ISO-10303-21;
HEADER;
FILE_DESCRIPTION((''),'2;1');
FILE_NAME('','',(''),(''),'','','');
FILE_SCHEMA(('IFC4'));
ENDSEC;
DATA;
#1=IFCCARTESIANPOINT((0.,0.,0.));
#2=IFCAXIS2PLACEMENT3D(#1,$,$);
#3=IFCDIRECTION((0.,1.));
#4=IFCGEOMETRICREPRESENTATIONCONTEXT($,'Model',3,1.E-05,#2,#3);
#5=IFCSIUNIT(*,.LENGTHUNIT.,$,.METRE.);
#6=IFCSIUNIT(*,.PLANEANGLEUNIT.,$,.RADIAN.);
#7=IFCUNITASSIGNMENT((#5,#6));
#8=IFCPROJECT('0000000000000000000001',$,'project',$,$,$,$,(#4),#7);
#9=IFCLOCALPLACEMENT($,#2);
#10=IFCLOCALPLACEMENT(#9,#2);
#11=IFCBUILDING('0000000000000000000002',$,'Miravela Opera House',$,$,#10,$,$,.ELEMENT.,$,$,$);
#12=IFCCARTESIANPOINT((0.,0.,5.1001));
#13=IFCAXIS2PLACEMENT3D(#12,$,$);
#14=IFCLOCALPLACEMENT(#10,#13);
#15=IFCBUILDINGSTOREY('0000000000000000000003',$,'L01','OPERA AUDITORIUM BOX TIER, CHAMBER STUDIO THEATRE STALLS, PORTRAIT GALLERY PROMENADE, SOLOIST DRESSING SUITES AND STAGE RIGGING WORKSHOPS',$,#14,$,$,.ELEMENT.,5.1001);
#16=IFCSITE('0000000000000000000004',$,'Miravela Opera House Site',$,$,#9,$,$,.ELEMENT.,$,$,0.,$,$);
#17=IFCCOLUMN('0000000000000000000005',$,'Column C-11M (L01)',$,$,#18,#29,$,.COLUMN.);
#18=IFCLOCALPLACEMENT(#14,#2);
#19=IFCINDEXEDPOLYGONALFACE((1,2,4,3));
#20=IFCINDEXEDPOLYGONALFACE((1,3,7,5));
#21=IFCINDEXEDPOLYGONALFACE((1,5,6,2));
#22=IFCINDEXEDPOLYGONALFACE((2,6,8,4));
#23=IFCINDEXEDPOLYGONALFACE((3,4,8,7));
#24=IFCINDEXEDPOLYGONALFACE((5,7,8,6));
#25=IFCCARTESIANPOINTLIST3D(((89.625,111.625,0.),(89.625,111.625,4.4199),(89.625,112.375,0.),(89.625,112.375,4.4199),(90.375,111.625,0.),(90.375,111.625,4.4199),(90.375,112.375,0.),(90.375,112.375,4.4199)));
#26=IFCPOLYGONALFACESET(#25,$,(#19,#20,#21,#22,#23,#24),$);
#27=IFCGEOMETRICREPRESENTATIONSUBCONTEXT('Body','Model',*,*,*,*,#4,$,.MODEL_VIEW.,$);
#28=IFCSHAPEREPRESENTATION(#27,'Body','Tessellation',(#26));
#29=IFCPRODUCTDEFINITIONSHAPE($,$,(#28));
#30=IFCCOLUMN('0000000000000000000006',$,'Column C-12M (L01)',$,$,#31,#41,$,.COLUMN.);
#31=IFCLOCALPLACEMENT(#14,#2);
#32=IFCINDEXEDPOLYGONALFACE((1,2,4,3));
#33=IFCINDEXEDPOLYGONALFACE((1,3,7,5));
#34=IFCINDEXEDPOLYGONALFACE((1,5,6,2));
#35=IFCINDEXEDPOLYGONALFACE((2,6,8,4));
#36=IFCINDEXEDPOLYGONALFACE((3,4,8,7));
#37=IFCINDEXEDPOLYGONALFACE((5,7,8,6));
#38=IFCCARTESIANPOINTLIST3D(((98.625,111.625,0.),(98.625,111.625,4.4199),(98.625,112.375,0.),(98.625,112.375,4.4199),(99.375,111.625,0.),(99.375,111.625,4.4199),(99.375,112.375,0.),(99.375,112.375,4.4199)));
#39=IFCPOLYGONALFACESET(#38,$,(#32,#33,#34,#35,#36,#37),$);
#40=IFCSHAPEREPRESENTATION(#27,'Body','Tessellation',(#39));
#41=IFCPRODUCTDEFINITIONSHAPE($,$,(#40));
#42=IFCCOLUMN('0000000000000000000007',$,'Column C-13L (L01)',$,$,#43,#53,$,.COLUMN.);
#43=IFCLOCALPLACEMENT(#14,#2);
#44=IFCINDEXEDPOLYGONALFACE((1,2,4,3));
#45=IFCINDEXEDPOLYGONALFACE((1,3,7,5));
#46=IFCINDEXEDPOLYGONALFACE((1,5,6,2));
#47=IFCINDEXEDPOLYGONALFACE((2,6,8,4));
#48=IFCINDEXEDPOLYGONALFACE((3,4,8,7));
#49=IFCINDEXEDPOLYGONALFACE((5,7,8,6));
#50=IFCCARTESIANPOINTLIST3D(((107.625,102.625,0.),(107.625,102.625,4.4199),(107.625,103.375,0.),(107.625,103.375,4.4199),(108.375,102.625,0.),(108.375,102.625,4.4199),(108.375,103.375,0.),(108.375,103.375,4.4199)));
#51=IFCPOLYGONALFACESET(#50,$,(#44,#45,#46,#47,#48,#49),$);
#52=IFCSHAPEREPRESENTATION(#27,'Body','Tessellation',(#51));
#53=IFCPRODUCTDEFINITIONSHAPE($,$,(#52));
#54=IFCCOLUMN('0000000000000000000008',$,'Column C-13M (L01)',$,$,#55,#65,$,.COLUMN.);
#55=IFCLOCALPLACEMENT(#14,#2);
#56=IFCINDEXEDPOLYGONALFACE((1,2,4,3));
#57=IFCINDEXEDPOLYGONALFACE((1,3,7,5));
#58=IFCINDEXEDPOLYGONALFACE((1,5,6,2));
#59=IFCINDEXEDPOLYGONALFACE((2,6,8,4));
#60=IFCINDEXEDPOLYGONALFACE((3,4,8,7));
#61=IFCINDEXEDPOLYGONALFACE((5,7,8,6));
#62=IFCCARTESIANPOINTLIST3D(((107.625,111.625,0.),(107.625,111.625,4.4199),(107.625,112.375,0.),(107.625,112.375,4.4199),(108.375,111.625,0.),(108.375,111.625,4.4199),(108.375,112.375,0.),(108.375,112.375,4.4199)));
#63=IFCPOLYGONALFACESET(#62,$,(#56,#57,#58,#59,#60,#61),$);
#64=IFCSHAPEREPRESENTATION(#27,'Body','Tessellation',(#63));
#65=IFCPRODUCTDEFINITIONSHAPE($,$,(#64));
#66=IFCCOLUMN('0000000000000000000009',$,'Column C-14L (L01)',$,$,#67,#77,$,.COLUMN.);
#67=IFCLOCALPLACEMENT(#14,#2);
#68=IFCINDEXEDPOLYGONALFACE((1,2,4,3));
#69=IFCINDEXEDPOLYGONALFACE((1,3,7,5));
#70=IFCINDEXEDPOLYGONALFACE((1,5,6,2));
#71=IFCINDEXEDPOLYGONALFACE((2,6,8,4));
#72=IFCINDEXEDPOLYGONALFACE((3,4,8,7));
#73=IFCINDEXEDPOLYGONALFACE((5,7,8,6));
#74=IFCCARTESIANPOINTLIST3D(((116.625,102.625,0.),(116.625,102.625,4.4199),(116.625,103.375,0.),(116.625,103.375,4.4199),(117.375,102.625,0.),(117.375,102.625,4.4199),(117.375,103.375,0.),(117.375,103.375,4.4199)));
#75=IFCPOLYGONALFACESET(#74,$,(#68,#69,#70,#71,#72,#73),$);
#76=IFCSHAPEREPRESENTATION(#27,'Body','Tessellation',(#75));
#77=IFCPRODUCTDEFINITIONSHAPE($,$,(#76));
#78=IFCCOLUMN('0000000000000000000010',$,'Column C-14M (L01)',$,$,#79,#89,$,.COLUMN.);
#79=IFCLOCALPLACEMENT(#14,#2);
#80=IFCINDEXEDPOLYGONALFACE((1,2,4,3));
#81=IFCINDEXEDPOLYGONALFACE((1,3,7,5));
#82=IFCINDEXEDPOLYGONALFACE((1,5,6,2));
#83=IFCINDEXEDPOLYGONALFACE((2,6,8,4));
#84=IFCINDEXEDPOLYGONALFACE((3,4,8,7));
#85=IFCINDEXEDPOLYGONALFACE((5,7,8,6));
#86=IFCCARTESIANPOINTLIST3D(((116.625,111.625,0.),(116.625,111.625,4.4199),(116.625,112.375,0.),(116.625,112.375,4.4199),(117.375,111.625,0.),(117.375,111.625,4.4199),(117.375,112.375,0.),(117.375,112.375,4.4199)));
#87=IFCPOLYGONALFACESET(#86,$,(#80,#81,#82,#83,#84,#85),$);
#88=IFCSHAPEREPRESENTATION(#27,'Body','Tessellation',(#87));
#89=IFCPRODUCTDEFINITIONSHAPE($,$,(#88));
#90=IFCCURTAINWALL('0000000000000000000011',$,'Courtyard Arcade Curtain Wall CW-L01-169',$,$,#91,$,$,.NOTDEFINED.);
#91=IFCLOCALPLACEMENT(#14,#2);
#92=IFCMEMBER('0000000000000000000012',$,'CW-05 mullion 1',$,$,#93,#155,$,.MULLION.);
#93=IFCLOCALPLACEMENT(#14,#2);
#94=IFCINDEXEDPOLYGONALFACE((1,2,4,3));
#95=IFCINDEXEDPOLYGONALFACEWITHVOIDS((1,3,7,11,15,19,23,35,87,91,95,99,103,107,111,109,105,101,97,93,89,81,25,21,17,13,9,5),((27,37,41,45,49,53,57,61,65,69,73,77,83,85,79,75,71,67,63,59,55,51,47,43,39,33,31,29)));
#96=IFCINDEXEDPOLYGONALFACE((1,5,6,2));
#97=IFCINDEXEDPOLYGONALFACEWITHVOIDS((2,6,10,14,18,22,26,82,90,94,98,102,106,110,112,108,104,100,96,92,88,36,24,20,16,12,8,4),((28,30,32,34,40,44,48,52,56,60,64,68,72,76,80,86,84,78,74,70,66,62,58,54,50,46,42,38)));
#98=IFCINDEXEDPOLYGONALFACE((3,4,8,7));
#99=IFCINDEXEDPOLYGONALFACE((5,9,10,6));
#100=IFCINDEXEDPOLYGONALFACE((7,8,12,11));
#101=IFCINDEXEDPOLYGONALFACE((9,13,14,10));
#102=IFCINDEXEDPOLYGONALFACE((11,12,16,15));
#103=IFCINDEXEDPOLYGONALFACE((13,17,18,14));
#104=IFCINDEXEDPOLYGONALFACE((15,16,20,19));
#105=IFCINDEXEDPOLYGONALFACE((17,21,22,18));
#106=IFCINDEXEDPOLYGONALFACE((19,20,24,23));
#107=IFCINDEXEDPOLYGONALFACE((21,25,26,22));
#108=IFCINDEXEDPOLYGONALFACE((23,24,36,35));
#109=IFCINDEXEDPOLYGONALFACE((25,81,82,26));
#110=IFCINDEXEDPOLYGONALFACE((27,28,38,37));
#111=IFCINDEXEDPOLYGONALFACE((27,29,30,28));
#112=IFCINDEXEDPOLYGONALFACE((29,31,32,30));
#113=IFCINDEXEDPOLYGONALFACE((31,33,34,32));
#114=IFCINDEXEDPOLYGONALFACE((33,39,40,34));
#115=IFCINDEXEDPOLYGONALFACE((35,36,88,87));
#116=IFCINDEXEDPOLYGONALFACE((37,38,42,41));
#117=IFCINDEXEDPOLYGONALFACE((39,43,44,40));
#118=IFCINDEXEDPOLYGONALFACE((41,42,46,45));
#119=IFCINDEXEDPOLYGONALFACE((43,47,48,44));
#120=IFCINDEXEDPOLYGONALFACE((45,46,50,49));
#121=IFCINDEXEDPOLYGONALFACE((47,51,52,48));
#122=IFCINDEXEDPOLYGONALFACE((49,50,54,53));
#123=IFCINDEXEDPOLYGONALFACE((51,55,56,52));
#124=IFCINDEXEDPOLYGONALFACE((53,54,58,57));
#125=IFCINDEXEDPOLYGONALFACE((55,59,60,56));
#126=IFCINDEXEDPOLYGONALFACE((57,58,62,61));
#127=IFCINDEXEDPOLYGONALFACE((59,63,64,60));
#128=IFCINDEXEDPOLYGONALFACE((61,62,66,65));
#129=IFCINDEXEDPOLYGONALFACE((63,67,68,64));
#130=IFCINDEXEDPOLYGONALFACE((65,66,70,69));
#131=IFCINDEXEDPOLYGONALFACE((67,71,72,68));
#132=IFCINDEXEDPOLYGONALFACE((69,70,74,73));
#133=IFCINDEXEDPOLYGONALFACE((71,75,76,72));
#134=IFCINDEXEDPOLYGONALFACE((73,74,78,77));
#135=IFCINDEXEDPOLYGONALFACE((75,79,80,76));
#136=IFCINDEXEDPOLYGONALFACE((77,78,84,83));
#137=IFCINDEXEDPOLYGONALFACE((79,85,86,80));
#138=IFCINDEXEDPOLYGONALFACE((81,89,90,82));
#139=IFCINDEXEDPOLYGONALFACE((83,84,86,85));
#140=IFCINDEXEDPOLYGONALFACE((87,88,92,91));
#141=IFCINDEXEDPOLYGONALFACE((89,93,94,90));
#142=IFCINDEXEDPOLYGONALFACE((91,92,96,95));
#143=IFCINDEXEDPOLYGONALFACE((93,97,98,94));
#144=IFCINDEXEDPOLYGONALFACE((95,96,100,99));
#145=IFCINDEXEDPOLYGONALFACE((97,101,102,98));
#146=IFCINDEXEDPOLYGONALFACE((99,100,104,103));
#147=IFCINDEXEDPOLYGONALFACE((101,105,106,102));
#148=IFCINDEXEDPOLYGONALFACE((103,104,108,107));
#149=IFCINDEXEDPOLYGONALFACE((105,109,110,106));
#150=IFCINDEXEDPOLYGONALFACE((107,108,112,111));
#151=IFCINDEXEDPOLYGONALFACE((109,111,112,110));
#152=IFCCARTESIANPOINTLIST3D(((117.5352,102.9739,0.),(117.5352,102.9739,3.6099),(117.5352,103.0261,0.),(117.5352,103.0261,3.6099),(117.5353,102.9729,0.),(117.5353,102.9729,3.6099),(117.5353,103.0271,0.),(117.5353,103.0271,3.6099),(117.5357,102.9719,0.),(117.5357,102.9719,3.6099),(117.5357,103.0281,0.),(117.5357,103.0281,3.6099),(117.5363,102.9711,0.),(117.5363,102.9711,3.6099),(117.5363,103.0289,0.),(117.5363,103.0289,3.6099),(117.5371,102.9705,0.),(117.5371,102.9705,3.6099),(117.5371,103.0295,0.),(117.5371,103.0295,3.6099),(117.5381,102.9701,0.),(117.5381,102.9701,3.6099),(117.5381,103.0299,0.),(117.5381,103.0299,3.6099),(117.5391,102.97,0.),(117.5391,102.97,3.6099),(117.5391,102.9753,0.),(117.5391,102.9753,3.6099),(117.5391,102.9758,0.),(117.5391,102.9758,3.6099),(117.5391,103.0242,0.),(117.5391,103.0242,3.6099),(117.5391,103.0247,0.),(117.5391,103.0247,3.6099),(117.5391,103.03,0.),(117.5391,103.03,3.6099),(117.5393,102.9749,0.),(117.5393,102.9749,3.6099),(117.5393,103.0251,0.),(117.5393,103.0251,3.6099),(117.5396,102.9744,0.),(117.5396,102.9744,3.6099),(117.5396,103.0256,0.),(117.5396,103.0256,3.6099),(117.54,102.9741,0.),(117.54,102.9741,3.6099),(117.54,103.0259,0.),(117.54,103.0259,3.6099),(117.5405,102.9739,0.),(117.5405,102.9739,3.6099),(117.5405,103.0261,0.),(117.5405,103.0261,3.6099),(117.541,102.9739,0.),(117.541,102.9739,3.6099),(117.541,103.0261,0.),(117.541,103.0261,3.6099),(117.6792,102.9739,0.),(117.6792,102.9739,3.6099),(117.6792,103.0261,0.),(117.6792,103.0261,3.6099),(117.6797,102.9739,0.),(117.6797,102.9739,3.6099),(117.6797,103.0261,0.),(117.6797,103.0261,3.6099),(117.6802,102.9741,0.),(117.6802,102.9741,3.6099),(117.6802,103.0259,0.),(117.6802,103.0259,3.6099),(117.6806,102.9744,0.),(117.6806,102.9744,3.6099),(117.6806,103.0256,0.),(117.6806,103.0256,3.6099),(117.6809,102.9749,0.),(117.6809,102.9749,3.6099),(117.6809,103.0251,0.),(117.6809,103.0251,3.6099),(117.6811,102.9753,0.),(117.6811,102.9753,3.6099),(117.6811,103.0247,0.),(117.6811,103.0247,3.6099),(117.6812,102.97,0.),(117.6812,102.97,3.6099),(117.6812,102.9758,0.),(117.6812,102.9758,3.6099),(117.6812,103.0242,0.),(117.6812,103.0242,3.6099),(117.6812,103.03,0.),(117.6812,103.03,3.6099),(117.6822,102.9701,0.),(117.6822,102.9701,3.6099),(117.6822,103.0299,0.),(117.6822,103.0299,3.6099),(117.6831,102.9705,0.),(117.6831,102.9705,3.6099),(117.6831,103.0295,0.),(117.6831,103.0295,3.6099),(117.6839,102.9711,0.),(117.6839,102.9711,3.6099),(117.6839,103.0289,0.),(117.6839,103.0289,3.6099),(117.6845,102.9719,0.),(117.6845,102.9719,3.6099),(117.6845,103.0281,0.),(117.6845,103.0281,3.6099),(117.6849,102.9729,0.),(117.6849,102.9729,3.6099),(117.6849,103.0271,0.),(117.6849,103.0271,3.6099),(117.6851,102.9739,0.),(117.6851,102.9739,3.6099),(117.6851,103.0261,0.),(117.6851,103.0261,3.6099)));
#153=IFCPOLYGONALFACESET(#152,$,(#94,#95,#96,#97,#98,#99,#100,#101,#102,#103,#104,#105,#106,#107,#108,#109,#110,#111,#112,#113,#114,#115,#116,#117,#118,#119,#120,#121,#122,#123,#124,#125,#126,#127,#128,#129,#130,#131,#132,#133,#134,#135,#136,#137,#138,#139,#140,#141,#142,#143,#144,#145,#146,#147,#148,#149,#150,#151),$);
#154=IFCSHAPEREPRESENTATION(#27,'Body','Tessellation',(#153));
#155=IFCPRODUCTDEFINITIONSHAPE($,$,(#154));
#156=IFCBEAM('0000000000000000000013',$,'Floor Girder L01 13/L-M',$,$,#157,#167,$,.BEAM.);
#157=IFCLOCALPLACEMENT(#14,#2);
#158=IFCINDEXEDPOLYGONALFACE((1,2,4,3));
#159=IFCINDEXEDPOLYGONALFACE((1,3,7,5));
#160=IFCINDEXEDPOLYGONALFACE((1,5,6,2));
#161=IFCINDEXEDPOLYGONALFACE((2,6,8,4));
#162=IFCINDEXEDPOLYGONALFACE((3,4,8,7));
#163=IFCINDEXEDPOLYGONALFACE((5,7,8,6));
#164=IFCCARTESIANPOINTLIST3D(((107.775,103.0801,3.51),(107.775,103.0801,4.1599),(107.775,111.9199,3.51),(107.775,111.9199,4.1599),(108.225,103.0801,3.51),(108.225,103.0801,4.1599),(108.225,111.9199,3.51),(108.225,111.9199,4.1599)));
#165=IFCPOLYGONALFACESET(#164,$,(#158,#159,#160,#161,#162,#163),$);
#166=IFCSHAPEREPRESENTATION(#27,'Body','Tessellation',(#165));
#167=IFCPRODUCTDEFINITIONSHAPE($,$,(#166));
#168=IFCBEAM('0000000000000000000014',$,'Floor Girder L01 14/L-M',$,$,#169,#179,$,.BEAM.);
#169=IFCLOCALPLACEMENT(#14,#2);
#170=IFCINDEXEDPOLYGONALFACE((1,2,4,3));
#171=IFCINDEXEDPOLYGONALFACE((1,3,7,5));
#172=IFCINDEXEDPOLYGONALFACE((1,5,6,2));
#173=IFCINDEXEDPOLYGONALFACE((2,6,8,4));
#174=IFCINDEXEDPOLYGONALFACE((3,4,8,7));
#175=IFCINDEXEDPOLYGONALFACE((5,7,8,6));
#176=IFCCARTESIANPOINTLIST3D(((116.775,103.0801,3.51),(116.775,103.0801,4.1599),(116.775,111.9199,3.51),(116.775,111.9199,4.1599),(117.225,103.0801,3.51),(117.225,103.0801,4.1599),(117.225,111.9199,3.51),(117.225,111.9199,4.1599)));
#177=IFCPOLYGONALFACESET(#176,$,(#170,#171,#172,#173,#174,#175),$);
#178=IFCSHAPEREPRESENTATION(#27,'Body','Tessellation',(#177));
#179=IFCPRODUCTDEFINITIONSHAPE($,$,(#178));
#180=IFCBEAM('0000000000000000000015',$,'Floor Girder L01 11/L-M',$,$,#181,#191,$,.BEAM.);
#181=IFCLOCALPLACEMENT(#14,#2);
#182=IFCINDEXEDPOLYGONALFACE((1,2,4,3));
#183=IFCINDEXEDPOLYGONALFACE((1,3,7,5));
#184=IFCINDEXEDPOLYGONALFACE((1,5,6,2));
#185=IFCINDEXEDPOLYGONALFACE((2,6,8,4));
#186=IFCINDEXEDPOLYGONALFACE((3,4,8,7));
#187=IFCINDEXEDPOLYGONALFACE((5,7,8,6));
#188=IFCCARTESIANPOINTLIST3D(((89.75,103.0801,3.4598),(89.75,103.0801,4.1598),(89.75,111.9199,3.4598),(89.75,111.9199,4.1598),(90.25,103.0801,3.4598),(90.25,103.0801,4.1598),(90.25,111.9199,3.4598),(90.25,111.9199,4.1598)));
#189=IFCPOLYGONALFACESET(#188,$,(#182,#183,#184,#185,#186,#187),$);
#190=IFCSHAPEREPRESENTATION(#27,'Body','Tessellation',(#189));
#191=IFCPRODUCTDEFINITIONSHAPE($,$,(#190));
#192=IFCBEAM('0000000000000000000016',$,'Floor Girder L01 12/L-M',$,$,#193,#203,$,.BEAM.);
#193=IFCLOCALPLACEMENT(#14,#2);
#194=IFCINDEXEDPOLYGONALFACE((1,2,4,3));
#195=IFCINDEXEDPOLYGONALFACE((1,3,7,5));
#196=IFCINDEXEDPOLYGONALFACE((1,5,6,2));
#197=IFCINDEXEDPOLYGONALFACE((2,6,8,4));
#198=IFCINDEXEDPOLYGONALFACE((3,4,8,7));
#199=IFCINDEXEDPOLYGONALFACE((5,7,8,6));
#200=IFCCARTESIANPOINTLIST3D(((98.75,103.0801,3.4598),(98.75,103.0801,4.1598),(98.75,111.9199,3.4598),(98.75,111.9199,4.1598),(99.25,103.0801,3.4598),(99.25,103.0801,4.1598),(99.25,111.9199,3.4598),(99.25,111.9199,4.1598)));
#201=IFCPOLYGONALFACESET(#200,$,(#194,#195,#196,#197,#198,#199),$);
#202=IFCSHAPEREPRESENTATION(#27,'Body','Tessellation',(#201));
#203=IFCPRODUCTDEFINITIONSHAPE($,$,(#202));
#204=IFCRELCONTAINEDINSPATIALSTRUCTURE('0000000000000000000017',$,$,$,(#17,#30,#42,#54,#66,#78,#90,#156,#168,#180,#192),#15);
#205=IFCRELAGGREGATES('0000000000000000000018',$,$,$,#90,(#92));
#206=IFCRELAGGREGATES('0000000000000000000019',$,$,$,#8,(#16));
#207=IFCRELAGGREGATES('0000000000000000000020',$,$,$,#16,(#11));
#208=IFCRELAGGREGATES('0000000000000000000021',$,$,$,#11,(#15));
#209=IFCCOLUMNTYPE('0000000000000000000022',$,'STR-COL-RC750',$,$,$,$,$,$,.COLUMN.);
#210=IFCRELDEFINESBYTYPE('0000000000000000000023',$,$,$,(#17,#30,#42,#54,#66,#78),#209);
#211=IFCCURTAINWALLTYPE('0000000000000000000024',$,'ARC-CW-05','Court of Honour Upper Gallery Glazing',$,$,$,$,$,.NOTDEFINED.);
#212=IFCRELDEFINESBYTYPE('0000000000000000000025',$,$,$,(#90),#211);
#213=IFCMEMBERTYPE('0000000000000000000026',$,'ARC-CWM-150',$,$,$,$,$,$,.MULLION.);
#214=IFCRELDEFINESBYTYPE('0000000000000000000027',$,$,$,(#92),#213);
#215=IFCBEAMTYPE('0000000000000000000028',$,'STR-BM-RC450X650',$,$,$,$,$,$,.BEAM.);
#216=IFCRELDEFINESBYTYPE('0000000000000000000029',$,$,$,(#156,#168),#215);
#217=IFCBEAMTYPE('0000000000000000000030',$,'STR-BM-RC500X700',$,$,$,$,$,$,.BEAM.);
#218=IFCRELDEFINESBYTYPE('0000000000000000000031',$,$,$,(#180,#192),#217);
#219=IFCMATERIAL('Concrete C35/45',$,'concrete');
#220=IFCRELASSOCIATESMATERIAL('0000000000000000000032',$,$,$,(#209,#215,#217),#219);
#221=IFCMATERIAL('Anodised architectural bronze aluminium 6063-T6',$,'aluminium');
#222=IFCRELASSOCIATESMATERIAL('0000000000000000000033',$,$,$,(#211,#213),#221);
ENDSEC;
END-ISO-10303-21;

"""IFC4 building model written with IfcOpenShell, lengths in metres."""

from ifc_helpers import new_model, si_unit, direction, frame, origin, origin_2d, place, context, subcontext, project, spatial, rectangle, hollow_rectangle, extrude, material, material_profile, profile_set, type_object, element, aggregate, save


model = new_model("IFC4")

# Units and contexts
model_context = context("Model", 3, precision=1e-05, world=origin(), true_north=direction((0.0, 1.0)))
body_context = subcontext(model_context, "Body", "Model", "MODEL_VIEW")
ifc_project = project(units=[si_unit("LENGTHUNIT", "METRE"), si_unit("PLANEANGLEUNIT", "RADIAN")], contexts=[model_context])

# Site, building, storey
site_placement = place(None, origin())
site = spatial("IfcSite", under=ifc_project, at=site_placement, Name="Miravela Opera House Site", CompositionType="ELEMENT", RefElevation=0.0)
building_placement = place(site_placement, origin())
building = spatial("IfcBuilding", under=site, at=building_placement, Name="Miravela Opera House", CompositionType="ELEMENT")
storey_placement = place(building_placement, frame((0.0, 0.0, 5.1001)))
storey = spatial("IfcBuildingStorey", under=building, at=storey_placement, Name="L01", Description="OPERA AUDITORIUM BOX TIER, CHAMBER STUDIO THEATRE STALLS, PORTRAIT GALLERY PROMENADE, SOLOIST DRESSING SUITES AND STAGE RIGGING WORKSHOPS", CompositionType="ELEMENT", Elevation=5.1001)

# Columns
ifc_material_1 = material(Name="Concrete C35/45", Category="concrete")
ifc_material_profile_1 = material_profile(ifc_material_1, rectangle(XDim=0.75, YDim=0.75, at=origin_2d()), Name="RC-COL-750X750")
ifc_profile_set_1 = profile_set([ifc_material_profile_1])
column_type = type_object("IfcColumnType", Name="STR-COL-RC750", PredefinedType="COLUMN", material=ifc_profile_set_1)
for number, where, z_axis, x_axis, name in (
    (1, (90.0, 112.0, 0.0), (0.0, 0.0, 1.0), (1.0, 0.0, 0.0), "Column C-11M (L01)"),
    (2, (99.0, 112.0, 0.0), (0.0, 0.0, 1.0), (1.0, 0.0, 0.0), "Column C-12M (L01)"),
    (3, (108.0, 103.0, 0.0), (0.0, 0.0, 1.0), (1.0, 0.0, 0.0), "Column C-13L (L01)"),
    (4, (108.0, 112.0, 0.0), (0.0, 0.0, 1.0), (1.0, 0.0, 0.0), "Column C-13M (L01)"),
    (5, (117.0, 103.0, 0.0), (0.0, 0.0, 1.0), (1.0, 0.0, 0.0), "Column C-14L (L01)"),
    (6, (117.0, 112.0, 0.0), (0.0, 0.0, 1.0), (1.0, 0.0, 0.0), "Column C-14M (L01)"),
):
    element("IfcColumn", number, at=place(storey_placement, frame(where, z_axis=z_axis, x_axis=x_axis)), inside=storey, type_object=column_type, Name=name, PredefinedType="COLUMN", context=body_context, shape_type="SweptSolid", body=[
        extrude(rectangle(XDim=0.75, YDim=0.75, at=origin_2d()), origin(), (0.0, 0.0, 1.0), 4.4199),
    ])

# Curtain wall, member
ifc_material_2 = material(Name="Anodised architectural bronze aluminium 6063-T6", Category="aluminium")
curtain_wall_type = type_object("IfcCurtainWallType", Name="ARC-CW-05", Description="Court of Honour Upper Gallery Glazing", PredefinedType="NOTDEFINED", material=ifc_material_2)
curtain_wall_placement = place(storey_placement, origin())
curtain_wall = element("IfcCurtainWall", 7, at=curtain_wall_placement, inside=storey, type_object=curtain_wall_type, Name="Courtyard Arcade Curtain Wall CW-L01-169", PredefinedType="NOTDEFINED")
ifc_material_profile_2 = material_profile(ifc_material_2, hollow_rectangle(XDim=0.0601, YDim=0.1499, WallThickness=0.0039, InnerFilletRadius=0.002, OuterFilletRadius=0.0039, at=origin_2d()), Name="CWM-60X150")
ifc_profile_set_2 = profile_set([ifc_material_profile_2])
member_type_1 = type_object("IfcMemberType", Name="ARC-CWM-150", PredefinedType="MULLION", material=ifc_profile_set_2)
member_1_placement = place(storey_placement, frame((117.6101, 103.0, 0.0), z_axis=(0.0, 0.0, 1.0), x_axis=(0.0, 1.0, 0.0)))
member_1 = element("IfcMember", 8, at=member_1_placement, type_object=member_type_1, Name="CW-05 mullion 1", PredefinedType="MULLION", context=body_context, shape_type="SweptSolid", body=[
    extrude(hollow_rectangle(XDim=0.0601, YDim=0.1499, WallThickness=0.0039, InnerFilletRadius=0.002, OuterFilletRadius=0.0039, at=origin_2d()), origin(), (0.0, 0.0, 1.0), 3.6099),
])
aggregate(curtain_wall, [member_1])

# Beams
ifc_material_profile_3 = material_profile(ifc_material_1, rectangle(XDim=0.45, YDim=0.6499, at=origin_2d()), Name="RC-BM-450X650")
ifc_profile_set_3 = profile_set([ifc_material_profile_3])
beam_type_1 = type_object("IfcBeamType", Name="STR-BM-RC450X650", PredefinedType="BEAM", material=ifc_profile_set_3)
for number, where, z_axis, x_axis, name in (
    (9, (108.0, 103.0801, 3.835), (0.0, 1.0, 0.0), (-1.0, 0.0, 0.0), "Floor Girder L01 13/L-M"),
    (10, (117.0, 103.0801, 3.835), (0.0, 1.0, 0.0), (-1.0, 0.0, 0.0), "Floor Girder L01 14/L-M"),
):
    element("IfcBeam", number, at=place(storey_placement, frame(where, z_axis=z_axis, x_axis=x_axis)), inside=storey, type_object=beam_type_1, Name=name, PredefinedType="BEAM", context=body_context, shape_type="SweptSolid", body=[
        extrude(rectangle(XDim=0.45, YDim=0.6499, at=origin_2d()), origin(), (0.0, 0.0, 1.0), 8.8398),
    ])
ifc_material_profile_4 = material_profile(ifc_material_1, rectangle(XDim=0.5, YDim=0.7, at=origin_2d()), Name="RC-BM-500X700")
ifc_profile_set_4 = profile_set([ifc_material_profile_4])
beam_type_2 = type_object("IfcBeamType", Name="STR-BM-RC500X700", PredefinedType="BEAM", material=ifc_profile_set_4)
for number, where, z_axis, x_axis, name in (
    (11, (90.0, 103.0801, 3.8098), (0.0, 1.0, 0.0), (-1.0, 0.0, 0.0), "Floor Girder L01 11/L-M"),
    (12, (99.0, 103.0801, 3.8098), (0.0, 1.0, 0.0), (-1.0, 0.0, 0.0), "Floor Girder L01 12/L-M"),
):
    element("IfcBeam", number, at=place(storey_placement, frame(where, z_axis=z_axis, x_axis=x_axis)), inside=storey, type_object=beam_type_2, Name=name, PredefinedType="BEAM", context=body_context, shape_type="SweptSolid", body=[
        extrude(rectangle(XDim=0.5, YDim=0.7, at=origin_2d()), origin(), (0.0, 0.0, 1.0), 8.8398),
    ])

save(model, "model.ifc")
